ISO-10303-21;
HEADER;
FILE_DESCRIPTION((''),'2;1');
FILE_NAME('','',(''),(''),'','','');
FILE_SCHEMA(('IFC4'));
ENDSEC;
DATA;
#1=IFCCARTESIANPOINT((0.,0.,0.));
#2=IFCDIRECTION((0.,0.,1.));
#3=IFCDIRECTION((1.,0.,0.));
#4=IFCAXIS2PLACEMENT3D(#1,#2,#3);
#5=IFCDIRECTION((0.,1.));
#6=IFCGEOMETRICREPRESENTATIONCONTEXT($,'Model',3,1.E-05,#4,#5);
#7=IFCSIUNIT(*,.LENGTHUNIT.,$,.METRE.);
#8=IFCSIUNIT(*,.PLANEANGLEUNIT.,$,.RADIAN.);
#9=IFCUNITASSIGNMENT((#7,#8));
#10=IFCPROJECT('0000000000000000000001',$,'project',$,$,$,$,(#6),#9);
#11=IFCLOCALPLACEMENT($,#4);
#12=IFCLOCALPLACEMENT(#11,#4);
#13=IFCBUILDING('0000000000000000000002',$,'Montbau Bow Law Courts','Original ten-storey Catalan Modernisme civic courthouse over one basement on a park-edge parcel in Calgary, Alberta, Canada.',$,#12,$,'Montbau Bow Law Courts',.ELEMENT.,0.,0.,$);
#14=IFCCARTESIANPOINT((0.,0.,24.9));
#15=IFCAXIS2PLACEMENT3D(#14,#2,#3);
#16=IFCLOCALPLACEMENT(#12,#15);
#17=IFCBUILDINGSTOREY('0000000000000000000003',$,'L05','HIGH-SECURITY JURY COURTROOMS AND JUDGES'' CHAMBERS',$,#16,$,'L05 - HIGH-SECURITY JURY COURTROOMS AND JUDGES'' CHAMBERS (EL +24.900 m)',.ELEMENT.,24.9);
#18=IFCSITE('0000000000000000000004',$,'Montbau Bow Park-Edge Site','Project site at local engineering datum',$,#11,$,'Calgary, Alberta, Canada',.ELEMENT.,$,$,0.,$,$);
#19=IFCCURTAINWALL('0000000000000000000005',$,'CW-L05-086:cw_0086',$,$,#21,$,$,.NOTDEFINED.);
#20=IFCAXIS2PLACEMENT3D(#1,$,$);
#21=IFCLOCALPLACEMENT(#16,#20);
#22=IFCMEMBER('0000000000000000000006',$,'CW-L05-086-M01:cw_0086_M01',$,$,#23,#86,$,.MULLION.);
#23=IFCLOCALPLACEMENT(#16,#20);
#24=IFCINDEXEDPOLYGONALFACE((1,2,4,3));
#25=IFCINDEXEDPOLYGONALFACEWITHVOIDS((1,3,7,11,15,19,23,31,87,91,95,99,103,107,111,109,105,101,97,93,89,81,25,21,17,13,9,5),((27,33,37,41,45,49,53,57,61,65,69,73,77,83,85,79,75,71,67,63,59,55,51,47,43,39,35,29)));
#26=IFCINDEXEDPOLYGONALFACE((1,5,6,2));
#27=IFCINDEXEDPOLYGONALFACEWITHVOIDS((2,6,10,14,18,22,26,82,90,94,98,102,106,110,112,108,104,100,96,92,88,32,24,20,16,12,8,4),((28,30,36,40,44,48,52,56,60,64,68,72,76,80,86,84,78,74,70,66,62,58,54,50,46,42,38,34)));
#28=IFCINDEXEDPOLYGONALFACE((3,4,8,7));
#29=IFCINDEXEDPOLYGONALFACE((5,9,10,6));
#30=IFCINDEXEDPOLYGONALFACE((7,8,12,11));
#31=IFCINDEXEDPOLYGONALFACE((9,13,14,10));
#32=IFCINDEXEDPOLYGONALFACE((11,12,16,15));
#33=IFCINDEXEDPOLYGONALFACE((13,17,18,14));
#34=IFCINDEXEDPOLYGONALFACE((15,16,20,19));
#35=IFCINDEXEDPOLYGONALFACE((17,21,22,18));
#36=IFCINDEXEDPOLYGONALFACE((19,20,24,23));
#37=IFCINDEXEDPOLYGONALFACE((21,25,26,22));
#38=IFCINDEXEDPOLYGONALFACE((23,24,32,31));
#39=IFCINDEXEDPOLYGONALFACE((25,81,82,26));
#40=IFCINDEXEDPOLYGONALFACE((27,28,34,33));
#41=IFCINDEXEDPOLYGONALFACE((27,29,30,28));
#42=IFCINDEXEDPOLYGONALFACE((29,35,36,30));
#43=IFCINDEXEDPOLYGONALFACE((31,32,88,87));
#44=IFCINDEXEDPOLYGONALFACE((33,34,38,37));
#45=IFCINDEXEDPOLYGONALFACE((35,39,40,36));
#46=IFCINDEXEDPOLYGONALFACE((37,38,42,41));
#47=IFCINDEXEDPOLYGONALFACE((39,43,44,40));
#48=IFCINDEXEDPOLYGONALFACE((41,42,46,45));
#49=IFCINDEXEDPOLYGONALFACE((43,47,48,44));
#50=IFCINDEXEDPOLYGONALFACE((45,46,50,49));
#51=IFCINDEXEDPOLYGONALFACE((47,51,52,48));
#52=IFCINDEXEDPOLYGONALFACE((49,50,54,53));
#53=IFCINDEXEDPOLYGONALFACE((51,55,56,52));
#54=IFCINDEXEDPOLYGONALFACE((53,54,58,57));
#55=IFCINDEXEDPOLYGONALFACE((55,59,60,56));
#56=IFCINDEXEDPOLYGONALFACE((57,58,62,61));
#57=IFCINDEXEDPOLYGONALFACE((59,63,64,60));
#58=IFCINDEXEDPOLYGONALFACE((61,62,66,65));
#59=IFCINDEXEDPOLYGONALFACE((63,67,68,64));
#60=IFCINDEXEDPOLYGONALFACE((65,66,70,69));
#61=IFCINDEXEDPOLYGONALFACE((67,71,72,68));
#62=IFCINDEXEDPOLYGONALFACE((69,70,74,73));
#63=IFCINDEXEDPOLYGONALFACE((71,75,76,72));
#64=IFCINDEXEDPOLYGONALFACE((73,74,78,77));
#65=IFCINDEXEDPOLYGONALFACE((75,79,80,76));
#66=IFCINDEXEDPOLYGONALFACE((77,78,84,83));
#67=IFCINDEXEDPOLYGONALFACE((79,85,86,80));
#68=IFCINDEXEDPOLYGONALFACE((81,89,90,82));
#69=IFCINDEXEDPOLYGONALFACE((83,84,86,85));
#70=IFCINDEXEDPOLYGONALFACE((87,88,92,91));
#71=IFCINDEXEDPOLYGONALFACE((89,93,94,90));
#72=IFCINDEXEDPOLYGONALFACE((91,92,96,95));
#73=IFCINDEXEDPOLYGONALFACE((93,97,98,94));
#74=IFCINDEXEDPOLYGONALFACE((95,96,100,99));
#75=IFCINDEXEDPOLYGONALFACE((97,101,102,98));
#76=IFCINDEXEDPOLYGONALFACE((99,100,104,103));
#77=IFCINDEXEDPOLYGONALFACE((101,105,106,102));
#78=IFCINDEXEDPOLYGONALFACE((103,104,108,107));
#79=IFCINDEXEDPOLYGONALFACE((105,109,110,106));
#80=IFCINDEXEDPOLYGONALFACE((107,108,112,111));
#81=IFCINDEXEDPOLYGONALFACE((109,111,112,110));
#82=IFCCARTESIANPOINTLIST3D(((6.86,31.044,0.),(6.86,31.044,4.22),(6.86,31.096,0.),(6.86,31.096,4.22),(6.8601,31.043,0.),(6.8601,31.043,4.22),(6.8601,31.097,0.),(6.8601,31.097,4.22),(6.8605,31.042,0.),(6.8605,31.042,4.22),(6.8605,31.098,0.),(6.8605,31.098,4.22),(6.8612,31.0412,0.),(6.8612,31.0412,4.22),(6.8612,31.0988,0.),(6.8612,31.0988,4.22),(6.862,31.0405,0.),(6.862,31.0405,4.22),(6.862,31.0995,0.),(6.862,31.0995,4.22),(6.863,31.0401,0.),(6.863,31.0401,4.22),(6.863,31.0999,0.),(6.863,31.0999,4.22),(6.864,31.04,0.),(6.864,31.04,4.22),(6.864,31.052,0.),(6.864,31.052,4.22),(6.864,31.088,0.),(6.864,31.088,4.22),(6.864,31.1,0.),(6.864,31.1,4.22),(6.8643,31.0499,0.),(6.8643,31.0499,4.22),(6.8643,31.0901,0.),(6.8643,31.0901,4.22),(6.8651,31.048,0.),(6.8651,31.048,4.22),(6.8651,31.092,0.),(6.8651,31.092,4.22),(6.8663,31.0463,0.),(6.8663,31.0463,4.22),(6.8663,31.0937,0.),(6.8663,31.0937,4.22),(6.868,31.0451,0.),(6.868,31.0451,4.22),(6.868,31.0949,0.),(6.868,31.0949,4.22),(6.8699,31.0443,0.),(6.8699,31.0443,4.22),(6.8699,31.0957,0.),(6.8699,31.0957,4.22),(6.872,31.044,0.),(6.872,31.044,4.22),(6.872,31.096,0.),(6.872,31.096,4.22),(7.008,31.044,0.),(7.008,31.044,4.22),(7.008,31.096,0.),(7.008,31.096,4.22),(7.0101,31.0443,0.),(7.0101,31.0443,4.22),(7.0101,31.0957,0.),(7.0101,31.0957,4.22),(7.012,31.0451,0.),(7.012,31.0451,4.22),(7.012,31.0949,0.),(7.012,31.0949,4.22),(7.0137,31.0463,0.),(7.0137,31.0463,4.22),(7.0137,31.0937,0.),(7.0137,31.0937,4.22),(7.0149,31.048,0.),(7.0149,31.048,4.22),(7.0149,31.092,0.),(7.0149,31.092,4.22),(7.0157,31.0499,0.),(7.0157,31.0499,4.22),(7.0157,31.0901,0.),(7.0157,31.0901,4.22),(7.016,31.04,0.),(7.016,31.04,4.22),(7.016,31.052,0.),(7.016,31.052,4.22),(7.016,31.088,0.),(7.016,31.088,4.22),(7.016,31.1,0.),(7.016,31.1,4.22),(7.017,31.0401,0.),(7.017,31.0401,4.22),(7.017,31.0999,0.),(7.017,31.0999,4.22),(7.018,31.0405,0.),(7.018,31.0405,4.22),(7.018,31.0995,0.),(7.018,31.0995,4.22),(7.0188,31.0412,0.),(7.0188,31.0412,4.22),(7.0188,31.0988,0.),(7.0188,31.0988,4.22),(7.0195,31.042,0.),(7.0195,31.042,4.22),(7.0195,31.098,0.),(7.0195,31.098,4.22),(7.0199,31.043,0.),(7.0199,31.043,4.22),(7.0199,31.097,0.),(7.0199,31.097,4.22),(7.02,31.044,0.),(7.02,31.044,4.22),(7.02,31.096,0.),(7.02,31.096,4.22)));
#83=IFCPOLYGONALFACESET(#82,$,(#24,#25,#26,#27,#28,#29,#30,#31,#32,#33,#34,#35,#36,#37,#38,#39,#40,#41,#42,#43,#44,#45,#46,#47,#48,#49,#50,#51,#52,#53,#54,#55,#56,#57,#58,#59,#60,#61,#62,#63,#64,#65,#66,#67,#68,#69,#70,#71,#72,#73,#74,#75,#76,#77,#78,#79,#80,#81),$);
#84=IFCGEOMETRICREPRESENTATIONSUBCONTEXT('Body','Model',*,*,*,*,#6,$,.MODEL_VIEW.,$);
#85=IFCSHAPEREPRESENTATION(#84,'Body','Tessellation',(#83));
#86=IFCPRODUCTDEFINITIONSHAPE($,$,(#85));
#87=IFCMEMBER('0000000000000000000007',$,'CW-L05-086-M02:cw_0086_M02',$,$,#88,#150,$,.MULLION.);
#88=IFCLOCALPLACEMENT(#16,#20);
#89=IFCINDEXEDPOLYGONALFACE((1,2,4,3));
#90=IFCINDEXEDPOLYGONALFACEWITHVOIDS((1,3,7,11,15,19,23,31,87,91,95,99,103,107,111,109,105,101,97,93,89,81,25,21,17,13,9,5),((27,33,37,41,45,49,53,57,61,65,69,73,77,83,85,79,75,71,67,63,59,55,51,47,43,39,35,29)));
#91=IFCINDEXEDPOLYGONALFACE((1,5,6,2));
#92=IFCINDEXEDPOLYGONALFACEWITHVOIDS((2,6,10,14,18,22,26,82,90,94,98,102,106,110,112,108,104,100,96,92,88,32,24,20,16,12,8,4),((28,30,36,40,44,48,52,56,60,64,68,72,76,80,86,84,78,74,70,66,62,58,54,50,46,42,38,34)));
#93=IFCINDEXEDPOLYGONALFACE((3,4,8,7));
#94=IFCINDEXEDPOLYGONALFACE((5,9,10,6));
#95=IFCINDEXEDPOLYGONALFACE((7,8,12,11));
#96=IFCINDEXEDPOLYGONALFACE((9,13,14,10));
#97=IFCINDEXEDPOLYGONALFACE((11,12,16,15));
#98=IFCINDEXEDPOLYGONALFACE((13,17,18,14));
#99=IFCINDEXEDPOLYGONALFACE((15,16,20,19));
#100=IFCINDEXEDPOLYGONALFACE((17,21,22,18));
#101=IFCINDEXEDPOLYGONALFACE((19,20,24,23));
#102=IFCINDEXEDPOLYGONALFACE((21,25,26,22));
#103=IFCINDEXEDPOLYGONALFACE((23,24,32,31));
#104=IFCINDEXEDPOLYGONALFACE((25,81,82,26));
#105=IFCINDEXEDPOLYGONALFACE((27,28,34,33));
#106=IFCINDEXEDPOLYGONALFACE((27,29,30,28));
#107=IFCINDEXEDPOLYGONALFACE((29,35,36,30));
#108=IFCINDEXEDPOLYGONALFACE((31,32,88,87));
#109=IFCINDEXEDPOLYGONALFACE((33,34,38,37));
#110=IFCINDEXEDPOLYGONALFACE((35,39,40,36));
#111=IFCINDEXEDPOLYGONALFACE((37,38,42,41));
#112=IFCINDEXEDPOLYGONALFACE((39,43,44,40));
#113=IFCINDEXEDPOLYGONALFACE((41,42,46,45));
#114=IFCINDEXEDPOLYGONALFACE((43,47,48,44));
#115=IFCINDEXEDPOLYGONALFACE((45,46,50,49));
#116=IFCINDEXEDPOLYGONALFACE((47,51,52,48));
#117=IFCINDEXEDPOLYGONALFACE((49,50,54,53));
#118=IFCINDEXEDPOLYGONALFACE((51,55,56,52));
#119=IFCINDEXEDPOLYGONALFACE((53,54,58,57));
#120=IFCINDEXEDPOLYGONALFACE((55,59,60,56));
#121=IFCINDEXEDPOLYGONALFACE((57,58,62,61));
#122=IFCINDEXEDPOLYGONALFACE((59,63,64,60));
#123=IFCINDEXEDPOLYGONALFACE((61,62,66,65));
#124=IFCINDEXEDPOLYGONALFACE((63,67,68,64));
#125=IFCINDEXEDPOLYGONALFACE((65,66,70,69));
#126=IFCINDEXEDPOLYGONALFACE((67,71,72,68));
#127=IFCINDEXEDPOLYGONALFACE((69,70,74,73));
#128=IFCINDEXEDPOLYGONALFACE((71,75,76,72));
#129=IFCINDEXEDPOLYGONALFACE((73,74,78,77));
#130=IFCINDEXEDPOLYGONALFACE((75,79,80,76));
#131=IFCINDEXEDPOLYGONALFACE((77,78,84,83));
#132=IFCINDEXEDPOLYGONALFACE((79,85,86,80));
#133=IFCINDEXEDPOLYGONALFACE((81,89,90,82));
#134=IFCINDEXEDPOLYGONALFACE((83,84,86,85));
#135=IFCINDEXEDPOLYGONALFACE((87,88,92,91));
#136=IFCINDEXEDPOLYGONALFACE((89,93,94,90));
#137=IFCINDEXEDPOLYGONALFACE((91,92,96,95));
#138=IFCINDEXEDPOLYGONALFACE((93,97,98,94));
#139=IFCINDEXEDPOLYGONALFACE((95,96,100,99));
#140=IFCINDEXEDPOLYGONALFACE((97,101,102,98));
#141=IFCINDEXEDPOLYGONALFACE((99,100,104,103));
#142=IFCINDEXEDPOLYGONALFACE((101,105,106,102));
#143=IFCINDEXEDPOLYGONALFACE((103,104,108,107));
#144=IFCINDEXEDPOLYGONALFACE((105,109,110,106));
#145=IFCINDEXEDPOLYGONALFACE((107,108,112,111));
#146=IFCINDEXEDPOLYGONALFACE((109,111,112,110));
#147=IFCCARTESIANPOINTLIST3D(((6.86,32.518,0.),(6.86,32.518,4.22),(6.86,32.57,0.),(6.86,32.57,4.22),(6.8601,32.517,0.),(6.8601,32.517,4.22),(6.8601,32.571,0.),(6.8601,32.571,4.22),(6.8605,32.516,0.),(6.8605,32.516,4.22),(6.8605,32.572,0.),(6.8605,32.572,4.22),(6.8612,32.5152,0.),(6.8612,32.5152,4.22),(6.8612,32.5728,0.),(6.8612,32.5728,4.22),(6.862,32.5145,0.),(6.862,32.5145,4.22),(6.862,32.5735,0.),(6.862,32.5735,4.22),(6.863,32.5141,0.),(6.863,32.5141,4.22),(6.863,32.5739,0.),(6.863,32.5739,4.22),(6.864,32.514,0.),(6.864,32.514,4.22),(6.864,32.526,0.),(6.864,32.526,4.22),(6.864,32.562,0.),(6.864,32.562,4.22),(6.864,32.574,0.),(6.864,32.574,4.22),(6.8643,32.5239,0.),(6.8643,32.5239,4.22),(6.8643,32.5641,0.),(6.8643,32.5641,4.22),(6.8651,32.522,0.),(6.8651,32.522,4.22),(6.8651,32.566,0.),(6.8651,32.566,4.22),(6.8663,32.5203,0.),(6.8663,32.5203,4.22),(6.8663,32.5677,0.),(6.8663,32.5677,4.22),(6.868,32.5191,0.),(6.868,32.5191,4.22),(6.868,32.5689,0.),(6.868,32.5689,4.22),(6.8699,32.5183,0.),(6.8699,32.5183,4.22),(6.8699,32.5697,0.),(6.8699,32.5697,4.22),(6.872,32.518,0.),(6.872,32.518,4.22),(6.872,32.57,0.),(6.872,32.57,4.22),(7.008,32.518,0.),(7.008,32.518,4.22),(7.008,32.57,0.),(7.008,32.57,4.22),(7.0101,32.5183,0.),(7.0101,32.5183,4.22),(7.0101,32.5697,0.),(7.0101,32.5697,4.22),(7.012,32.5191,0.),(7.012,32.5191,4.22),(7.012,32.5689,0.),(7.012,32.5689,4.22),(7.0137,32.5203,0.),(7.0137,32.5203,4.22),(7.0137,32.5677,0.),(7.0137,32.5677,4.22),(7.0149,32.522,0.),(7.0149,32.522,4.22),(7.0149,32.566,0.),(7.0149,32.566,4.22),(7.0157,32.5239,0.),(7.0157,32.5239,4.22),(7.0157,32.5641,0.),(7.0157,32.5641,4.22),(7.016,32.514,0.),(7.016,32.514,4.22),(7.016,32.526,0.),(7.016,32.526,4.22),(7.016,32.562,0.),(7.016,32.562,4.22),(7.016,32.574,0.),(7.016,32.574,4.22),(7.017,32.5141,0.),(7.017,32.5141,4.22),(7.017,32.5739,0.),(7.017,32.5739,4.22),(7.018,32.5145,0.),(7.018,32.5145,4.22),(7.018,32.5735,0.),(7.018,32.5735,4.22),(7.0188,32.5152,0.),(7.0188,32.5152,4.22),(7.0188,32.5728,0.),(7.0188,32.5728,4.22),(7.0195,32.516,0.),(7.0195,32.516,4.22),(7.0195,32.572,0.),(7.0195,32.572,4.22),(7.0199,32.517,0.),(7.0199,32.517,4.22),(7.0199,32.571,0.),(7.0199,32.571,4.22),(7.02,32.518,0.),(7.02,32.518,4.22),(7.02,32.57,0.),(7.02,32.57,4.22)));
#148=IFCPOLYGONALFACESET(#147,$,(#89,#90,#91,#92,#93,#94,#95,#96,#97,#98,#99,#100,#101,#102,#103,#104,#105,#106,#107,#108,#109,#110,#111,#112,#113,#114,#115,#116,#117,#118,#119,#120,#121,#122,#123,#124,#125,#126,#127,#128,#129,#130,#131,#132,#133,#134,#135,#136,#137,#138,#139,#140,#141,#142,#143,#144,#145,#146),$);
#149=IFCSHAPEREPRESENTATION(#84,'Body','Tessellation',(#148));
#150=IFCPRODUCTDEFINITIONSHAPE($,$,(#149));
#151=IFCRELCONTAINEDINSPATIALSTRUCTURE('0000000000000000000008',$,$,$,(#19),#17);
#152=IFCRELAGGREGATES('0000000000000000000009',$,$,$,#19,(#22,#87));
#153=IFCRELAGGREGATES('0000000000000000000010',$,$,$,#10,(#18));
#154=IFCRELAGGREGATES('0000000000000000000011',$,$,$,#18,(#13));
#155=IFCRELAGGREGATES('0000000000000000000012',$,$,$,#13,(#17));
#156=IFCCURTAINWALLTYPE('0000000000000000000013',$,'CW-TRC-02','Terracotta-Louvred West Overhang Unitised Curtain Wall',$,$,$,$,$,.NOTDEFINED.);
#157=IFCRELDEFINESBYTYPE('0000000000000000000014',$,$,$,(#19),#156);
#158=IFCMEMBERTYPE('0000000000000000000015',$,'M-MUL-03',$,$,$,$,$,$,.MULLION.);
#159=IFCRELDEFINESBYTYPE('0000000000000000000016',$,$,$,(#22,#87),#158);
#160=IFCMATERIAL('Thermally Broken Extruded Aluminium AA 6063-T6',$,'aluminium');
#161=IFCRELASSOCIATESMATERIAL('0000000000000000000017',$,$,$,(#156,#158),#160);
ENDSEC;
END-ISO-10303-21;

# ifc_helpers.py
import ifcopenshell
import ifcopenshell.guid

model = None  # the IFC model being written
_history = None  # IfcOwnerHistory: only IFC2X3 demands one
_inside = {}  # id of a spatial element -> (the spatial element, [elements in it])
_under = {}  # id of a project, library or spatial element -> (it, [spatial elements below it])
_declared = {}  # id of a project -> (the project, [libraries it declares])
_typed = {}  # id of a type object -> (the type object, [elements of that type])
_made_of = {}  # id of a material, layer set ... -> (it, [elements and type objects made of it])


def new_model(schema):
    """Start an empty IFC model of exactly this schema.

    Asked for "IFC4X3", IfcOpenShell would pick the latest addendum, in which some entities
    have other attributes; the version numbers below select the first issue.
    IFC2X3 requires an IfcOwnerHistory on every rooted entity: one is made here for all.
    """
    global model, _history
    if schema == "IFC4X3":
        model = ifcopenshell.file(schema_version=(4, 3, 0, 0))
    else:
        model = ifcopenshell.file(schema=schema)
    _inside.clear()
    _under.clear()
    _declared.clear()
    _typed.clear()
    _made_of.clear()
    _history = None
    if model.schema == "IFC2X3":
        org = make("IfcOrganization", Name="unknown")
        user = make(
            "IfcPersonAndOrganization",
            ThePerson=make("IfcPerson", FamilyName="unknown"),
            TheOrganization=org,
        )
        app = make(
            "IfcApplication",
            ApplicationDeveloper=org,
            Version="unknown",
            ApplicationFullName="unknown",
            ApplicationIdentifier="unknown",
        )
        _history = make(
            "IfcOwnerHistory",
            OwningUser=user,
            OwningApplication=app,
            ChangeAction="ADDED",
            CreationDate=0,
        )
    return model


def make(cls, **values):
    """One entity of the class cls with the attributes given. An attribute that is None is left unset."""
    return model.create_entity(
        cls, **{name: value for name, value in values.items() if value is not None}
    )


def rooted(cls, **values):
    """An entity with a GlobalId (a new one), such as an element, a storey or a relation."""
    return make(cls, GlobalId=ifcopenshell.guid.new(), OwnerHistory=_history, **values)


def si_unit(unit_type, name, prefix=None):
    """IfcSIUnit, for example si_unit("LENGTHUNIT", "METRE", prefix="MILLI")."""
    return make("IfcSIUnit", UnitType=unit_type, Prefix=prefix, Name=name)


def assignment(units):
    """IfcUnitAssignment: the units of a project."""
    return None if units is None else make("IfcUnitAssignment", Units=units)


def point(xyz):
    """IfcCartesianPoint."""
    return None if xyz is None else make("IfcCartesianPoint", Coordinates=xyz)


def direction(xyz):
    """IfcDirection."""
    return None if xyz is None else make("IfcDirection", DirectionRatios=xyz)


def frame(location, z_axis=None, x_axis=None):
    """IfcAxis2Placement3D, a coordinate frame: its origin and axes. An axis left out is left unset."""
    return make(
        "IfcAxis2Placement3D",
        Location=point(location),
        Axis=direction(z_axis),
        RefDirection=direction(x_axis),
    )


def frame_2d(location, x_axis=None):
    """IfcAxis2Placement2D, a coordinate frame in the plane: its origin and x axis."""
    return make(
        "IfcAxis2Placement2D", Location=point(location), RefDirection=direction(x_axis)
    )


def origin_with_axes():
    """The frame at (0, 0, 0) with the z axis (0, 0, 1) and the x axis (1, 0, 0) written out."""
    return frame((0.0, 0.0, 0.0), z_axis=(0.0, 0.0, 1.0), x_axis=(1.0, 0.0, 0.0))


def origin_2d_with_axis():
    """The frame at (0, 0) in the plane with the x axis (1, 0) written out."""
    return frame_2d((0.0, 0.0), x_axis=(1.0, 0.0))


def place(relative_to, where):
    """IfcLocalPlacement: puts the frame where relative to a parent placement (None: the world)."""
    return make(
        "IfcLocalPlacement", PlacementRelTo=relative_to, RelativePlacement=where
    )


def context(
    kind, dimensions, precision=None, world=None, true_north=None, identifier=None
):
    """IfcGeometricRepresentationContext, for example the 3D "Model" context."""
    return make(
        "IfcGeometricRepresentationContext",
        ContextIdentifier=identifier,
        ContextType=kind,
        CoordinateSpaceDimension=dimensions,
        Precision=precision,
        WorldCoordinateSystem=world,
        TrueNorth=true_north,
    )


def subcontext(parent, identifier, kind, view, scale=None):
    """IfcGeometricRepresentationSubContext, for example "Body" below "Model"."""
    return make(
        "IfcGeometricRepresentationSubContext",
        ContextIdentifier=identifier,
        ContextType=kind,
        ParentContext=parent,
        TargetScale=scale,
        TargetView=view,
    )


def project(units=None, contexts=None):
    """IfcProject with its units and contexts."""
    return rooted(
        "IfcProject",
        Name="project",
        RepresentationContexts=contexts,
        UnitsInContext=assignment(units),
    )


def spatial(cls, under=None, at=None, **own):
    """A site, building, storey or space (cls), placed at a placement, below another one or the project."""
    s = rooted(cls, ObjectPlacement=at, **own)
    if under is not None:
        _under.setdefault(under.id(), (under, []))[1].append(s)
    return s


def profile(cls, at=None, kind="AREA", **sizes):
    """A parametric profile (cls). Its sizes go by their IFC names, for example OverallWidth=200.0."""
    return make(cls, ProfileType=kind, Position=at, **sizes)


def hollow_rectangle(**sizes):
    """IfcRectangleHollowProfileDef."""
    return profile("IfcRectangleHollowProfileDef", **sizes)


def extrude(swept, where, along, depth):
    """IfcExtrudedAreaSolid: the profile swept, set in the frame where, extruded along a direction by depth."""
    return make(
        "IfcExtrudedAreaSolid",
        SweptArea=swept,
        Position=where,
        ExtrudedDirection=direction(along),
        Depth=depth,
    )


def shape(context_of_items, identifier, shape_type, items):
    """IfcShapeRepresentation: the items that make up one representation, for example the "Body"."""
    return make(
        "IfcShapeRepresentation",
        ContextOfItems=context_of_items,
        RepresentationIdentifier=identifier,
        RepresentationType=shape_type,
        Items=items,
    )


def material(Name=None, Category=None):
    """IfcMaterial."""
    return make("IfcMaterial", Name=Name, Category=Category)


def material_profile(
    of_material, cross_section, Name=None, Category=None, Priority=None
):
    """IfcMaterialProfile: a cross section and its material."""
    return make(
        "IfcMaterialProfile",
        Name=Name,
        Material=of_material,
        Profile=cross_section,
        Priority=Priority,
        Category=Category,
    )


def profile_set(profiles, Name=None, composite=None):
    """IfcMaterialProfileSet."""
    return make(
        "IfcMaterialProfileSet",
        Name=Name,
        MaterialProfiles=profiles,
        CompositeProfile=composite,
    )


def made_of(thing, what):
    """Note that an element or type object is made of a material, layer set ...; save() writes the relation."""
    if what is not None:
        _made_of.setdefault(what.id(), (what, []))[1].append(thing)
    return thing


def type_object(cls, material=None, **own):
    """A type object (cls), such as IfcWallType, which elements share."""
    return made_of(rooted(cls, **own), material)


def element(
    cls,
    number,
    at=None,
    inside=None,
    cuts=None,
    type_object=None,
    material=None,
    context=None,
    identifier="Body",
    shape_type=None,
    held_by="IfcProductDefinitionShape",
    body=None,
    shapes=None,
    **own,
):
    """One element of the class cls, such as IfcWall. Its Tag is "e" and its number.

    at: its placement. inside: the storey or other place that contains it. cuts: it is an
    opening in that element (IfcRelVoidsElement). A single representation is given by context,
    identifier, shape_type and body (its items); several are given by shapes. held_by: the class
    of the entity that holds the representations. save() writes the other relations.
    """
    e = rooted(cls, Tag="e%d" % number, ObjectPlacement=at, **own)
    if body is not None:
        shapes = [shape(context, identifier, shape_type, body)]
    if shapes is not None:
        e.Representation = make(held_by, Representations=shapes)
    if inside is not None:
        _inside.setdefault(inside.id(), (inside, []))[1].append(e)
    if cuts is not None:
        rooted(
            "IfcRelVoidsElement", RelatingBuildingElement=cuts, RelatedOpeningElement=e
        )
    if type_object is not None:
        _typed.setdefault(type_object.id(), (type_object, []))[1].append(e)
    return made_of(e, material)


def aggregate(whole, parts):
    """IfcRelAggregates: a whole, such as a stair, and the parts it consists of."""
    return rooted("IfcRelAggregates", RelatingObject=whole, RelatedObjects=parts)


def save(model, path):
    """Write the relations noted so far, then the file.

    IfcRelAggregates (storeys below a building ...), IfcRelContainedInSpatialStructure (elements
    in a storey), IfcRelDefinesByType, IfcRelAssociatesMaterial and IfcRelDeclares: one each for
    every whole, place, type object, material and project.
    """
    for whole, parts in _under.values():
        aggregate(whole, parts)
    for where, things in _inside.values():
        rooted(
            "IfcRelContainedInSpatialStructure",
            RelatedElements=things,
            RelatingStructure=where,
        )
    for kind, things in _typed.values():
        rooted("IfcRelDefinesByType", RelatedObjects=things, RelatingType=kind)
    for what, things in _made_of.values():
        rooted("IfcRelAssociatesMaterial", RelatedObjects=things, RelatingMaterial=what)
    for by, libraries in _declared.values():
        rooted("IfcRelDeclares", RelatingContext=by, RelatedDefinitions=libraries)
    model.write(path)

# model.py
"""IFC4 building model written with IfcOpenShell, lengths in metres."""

from ifc_helpers import new_model, si_unit, direction, frame, origin_with_axes, origin_2d_with_axis, place, context, subcontext, project, spatial, hollow_rectangle, extrude, material, material_profile, profile_set, type_object, element, aggregate, save


model = new_model("IFC4")

# Units and contexts
model_context = context("Model", 3, precision=1e-05, world=origin_with_axes(), true_north=direction((0.0, 1.0)))
body_context = subcontext(model_context, "Body", "Model", "MODEL_VIEW")
ifc_project = project(units=[si_unit("LENGTHUNIT", "METRE"), si_unit("PLANEANGLEUNIT", "RADIAN")], contexts=[model_context])

# Site, building, storey
site_placement = place(None, origin_with_axes())
site = spatial("IfcSite", under=ifc_project, at=site_placement, Name="Montbau Bow Park-Edge Site", Description="Project site at local engineering datum", LongName="Calgary, Alberta, Canada", CompositionType="ELEMENT", RefElevation=0.0)
building_placement = place(site_placement, origin_with_axes())
building = spatial("IfcBuilding", under=site, at=building_placement, Name="Montbau Bow Law Courts", Description="Original ten-storey Catalan Modernisme civic courthouse over one basement on a park-edge parcel in Calgary, Alberta, Canada.", LongName="Montbau Bow Law Courts", CompositionType="ELEMENT", ElevationOfRefHeight=0.0, ElevationOfTerrain=0.0)
storey_placement = place(building_placement, frame((0.0, 0.0, 24.9), z_axis=(0.0, 0.0, 1.0), x_axis=(1.0, 0.0, 0.0)))
storey = spatial("IfcBuildingStorey", under=building, at=storey_placement, Name="L05", Description="HIGH-SECURITY JURY COURTROOMS AND JUDGES' CHAMBERS", LongName="L05 - HIGH-SECURITY JURY COURTROOMS AND JUDGES' CHAMBERS (EL +24.900 m)", CompositionType="ELEMENT", Elevation=24.9)

# Curtain wall, members
ifc_material_1 = material(Name="Thermally Broken Extruded Aluminium AA 6063-T6", Category="aluminium")
curtain_wall_type = type_object("IfcCurtainWallType", Name="CW-TRC-02", Description="Terracotta-Louvred West Overhang Unitised Curtain Wall", PredefinedType="NOTDEFINED", material=ifc_material_1)
curtain_wall_placement = place(None, frame((6.94, 31.04, 24.9), z_axis=(0.0, 0.0, 1.0), x_axis=(1.0, 0.0, 0.0)))
curtain_wall = element("IfcCurtainWall", 1, at=curtain_wall_placement, inside=storey, type_object=curtain_wall_type, Name="CW-L05-086:cw_0086", PredefinedType="NOTDEFINED")
ifc_material_profile_1 = material_profile(ifc_material_1, hollow_rectangle(XDim=0.06, YDim=0.16, WallThickness=0.004, InnerFilletRadius=0.008, OuterFilletRadius=0.004, at=origin_2d_with_axis()), Name="CWM-160X60", Category="Main", Priority=0)
ifc_profile_set_1 = profile_set([ifc_material_profile_1], Name="Thermally Broken Extruded Aluminium AA 6063-T6")
member_type_1 = type_object("IfcMemberType", Name="M-MUL-03", PredefinedType="MULLION", material=ifc_profile_set_1)
member_1_placement = place(None, frame((6.94, 31.07, 24.9), z_axis=(0.0, 0.0, 1.0), x_axis=(0.0, 1.0, 0.0)))
member_1 = element("IfcMember", 2, at=member_1_placement, type_object=member_type_1, Name="CW-L05-086-M01:cw_0086_M01", PredefinedType="MULLION", context=body_context, shape_type="SweptSolid", body=[
    extrude(hollow_rectangle(XDim=0.06, YDim=0.16, WallThickness=0.004, InnerFilletRadius=0.008, OuterFilletRadius=0.004, at=origin_2d_with_axis()), origin_with_axes(), (0.0, 0.0, 1.0), 4.22),
])
member_2_placement = place(None, frame((6.94, 32.544, 24.9), z_axis=(0.0, 0.0, 1.0), x_axis=(0.0, 1.0, 0.0)))
member_2 = element("IfcMember", 3, at=member_2_placement, type_object=member_type_1, Name="CW-L05-086-M02:cw_0086_M02", PredefinedType="MULLION", context=body_context, shape_type="SweptSolid", body=[
    extrude(hollow_rectangle(XDim=0.06, YDim=0.16, WallThickness=0.004, InnerFilletRadius=0.008, OuterFilletRadius=0.004, at=origin_2d_with_axis()), origin_with_axes(), (0.0, 0.0, 1.0), 4.22),
])
aggregate(curtain_wall, [member_1, member_2])

save(model, "model.ifc")
